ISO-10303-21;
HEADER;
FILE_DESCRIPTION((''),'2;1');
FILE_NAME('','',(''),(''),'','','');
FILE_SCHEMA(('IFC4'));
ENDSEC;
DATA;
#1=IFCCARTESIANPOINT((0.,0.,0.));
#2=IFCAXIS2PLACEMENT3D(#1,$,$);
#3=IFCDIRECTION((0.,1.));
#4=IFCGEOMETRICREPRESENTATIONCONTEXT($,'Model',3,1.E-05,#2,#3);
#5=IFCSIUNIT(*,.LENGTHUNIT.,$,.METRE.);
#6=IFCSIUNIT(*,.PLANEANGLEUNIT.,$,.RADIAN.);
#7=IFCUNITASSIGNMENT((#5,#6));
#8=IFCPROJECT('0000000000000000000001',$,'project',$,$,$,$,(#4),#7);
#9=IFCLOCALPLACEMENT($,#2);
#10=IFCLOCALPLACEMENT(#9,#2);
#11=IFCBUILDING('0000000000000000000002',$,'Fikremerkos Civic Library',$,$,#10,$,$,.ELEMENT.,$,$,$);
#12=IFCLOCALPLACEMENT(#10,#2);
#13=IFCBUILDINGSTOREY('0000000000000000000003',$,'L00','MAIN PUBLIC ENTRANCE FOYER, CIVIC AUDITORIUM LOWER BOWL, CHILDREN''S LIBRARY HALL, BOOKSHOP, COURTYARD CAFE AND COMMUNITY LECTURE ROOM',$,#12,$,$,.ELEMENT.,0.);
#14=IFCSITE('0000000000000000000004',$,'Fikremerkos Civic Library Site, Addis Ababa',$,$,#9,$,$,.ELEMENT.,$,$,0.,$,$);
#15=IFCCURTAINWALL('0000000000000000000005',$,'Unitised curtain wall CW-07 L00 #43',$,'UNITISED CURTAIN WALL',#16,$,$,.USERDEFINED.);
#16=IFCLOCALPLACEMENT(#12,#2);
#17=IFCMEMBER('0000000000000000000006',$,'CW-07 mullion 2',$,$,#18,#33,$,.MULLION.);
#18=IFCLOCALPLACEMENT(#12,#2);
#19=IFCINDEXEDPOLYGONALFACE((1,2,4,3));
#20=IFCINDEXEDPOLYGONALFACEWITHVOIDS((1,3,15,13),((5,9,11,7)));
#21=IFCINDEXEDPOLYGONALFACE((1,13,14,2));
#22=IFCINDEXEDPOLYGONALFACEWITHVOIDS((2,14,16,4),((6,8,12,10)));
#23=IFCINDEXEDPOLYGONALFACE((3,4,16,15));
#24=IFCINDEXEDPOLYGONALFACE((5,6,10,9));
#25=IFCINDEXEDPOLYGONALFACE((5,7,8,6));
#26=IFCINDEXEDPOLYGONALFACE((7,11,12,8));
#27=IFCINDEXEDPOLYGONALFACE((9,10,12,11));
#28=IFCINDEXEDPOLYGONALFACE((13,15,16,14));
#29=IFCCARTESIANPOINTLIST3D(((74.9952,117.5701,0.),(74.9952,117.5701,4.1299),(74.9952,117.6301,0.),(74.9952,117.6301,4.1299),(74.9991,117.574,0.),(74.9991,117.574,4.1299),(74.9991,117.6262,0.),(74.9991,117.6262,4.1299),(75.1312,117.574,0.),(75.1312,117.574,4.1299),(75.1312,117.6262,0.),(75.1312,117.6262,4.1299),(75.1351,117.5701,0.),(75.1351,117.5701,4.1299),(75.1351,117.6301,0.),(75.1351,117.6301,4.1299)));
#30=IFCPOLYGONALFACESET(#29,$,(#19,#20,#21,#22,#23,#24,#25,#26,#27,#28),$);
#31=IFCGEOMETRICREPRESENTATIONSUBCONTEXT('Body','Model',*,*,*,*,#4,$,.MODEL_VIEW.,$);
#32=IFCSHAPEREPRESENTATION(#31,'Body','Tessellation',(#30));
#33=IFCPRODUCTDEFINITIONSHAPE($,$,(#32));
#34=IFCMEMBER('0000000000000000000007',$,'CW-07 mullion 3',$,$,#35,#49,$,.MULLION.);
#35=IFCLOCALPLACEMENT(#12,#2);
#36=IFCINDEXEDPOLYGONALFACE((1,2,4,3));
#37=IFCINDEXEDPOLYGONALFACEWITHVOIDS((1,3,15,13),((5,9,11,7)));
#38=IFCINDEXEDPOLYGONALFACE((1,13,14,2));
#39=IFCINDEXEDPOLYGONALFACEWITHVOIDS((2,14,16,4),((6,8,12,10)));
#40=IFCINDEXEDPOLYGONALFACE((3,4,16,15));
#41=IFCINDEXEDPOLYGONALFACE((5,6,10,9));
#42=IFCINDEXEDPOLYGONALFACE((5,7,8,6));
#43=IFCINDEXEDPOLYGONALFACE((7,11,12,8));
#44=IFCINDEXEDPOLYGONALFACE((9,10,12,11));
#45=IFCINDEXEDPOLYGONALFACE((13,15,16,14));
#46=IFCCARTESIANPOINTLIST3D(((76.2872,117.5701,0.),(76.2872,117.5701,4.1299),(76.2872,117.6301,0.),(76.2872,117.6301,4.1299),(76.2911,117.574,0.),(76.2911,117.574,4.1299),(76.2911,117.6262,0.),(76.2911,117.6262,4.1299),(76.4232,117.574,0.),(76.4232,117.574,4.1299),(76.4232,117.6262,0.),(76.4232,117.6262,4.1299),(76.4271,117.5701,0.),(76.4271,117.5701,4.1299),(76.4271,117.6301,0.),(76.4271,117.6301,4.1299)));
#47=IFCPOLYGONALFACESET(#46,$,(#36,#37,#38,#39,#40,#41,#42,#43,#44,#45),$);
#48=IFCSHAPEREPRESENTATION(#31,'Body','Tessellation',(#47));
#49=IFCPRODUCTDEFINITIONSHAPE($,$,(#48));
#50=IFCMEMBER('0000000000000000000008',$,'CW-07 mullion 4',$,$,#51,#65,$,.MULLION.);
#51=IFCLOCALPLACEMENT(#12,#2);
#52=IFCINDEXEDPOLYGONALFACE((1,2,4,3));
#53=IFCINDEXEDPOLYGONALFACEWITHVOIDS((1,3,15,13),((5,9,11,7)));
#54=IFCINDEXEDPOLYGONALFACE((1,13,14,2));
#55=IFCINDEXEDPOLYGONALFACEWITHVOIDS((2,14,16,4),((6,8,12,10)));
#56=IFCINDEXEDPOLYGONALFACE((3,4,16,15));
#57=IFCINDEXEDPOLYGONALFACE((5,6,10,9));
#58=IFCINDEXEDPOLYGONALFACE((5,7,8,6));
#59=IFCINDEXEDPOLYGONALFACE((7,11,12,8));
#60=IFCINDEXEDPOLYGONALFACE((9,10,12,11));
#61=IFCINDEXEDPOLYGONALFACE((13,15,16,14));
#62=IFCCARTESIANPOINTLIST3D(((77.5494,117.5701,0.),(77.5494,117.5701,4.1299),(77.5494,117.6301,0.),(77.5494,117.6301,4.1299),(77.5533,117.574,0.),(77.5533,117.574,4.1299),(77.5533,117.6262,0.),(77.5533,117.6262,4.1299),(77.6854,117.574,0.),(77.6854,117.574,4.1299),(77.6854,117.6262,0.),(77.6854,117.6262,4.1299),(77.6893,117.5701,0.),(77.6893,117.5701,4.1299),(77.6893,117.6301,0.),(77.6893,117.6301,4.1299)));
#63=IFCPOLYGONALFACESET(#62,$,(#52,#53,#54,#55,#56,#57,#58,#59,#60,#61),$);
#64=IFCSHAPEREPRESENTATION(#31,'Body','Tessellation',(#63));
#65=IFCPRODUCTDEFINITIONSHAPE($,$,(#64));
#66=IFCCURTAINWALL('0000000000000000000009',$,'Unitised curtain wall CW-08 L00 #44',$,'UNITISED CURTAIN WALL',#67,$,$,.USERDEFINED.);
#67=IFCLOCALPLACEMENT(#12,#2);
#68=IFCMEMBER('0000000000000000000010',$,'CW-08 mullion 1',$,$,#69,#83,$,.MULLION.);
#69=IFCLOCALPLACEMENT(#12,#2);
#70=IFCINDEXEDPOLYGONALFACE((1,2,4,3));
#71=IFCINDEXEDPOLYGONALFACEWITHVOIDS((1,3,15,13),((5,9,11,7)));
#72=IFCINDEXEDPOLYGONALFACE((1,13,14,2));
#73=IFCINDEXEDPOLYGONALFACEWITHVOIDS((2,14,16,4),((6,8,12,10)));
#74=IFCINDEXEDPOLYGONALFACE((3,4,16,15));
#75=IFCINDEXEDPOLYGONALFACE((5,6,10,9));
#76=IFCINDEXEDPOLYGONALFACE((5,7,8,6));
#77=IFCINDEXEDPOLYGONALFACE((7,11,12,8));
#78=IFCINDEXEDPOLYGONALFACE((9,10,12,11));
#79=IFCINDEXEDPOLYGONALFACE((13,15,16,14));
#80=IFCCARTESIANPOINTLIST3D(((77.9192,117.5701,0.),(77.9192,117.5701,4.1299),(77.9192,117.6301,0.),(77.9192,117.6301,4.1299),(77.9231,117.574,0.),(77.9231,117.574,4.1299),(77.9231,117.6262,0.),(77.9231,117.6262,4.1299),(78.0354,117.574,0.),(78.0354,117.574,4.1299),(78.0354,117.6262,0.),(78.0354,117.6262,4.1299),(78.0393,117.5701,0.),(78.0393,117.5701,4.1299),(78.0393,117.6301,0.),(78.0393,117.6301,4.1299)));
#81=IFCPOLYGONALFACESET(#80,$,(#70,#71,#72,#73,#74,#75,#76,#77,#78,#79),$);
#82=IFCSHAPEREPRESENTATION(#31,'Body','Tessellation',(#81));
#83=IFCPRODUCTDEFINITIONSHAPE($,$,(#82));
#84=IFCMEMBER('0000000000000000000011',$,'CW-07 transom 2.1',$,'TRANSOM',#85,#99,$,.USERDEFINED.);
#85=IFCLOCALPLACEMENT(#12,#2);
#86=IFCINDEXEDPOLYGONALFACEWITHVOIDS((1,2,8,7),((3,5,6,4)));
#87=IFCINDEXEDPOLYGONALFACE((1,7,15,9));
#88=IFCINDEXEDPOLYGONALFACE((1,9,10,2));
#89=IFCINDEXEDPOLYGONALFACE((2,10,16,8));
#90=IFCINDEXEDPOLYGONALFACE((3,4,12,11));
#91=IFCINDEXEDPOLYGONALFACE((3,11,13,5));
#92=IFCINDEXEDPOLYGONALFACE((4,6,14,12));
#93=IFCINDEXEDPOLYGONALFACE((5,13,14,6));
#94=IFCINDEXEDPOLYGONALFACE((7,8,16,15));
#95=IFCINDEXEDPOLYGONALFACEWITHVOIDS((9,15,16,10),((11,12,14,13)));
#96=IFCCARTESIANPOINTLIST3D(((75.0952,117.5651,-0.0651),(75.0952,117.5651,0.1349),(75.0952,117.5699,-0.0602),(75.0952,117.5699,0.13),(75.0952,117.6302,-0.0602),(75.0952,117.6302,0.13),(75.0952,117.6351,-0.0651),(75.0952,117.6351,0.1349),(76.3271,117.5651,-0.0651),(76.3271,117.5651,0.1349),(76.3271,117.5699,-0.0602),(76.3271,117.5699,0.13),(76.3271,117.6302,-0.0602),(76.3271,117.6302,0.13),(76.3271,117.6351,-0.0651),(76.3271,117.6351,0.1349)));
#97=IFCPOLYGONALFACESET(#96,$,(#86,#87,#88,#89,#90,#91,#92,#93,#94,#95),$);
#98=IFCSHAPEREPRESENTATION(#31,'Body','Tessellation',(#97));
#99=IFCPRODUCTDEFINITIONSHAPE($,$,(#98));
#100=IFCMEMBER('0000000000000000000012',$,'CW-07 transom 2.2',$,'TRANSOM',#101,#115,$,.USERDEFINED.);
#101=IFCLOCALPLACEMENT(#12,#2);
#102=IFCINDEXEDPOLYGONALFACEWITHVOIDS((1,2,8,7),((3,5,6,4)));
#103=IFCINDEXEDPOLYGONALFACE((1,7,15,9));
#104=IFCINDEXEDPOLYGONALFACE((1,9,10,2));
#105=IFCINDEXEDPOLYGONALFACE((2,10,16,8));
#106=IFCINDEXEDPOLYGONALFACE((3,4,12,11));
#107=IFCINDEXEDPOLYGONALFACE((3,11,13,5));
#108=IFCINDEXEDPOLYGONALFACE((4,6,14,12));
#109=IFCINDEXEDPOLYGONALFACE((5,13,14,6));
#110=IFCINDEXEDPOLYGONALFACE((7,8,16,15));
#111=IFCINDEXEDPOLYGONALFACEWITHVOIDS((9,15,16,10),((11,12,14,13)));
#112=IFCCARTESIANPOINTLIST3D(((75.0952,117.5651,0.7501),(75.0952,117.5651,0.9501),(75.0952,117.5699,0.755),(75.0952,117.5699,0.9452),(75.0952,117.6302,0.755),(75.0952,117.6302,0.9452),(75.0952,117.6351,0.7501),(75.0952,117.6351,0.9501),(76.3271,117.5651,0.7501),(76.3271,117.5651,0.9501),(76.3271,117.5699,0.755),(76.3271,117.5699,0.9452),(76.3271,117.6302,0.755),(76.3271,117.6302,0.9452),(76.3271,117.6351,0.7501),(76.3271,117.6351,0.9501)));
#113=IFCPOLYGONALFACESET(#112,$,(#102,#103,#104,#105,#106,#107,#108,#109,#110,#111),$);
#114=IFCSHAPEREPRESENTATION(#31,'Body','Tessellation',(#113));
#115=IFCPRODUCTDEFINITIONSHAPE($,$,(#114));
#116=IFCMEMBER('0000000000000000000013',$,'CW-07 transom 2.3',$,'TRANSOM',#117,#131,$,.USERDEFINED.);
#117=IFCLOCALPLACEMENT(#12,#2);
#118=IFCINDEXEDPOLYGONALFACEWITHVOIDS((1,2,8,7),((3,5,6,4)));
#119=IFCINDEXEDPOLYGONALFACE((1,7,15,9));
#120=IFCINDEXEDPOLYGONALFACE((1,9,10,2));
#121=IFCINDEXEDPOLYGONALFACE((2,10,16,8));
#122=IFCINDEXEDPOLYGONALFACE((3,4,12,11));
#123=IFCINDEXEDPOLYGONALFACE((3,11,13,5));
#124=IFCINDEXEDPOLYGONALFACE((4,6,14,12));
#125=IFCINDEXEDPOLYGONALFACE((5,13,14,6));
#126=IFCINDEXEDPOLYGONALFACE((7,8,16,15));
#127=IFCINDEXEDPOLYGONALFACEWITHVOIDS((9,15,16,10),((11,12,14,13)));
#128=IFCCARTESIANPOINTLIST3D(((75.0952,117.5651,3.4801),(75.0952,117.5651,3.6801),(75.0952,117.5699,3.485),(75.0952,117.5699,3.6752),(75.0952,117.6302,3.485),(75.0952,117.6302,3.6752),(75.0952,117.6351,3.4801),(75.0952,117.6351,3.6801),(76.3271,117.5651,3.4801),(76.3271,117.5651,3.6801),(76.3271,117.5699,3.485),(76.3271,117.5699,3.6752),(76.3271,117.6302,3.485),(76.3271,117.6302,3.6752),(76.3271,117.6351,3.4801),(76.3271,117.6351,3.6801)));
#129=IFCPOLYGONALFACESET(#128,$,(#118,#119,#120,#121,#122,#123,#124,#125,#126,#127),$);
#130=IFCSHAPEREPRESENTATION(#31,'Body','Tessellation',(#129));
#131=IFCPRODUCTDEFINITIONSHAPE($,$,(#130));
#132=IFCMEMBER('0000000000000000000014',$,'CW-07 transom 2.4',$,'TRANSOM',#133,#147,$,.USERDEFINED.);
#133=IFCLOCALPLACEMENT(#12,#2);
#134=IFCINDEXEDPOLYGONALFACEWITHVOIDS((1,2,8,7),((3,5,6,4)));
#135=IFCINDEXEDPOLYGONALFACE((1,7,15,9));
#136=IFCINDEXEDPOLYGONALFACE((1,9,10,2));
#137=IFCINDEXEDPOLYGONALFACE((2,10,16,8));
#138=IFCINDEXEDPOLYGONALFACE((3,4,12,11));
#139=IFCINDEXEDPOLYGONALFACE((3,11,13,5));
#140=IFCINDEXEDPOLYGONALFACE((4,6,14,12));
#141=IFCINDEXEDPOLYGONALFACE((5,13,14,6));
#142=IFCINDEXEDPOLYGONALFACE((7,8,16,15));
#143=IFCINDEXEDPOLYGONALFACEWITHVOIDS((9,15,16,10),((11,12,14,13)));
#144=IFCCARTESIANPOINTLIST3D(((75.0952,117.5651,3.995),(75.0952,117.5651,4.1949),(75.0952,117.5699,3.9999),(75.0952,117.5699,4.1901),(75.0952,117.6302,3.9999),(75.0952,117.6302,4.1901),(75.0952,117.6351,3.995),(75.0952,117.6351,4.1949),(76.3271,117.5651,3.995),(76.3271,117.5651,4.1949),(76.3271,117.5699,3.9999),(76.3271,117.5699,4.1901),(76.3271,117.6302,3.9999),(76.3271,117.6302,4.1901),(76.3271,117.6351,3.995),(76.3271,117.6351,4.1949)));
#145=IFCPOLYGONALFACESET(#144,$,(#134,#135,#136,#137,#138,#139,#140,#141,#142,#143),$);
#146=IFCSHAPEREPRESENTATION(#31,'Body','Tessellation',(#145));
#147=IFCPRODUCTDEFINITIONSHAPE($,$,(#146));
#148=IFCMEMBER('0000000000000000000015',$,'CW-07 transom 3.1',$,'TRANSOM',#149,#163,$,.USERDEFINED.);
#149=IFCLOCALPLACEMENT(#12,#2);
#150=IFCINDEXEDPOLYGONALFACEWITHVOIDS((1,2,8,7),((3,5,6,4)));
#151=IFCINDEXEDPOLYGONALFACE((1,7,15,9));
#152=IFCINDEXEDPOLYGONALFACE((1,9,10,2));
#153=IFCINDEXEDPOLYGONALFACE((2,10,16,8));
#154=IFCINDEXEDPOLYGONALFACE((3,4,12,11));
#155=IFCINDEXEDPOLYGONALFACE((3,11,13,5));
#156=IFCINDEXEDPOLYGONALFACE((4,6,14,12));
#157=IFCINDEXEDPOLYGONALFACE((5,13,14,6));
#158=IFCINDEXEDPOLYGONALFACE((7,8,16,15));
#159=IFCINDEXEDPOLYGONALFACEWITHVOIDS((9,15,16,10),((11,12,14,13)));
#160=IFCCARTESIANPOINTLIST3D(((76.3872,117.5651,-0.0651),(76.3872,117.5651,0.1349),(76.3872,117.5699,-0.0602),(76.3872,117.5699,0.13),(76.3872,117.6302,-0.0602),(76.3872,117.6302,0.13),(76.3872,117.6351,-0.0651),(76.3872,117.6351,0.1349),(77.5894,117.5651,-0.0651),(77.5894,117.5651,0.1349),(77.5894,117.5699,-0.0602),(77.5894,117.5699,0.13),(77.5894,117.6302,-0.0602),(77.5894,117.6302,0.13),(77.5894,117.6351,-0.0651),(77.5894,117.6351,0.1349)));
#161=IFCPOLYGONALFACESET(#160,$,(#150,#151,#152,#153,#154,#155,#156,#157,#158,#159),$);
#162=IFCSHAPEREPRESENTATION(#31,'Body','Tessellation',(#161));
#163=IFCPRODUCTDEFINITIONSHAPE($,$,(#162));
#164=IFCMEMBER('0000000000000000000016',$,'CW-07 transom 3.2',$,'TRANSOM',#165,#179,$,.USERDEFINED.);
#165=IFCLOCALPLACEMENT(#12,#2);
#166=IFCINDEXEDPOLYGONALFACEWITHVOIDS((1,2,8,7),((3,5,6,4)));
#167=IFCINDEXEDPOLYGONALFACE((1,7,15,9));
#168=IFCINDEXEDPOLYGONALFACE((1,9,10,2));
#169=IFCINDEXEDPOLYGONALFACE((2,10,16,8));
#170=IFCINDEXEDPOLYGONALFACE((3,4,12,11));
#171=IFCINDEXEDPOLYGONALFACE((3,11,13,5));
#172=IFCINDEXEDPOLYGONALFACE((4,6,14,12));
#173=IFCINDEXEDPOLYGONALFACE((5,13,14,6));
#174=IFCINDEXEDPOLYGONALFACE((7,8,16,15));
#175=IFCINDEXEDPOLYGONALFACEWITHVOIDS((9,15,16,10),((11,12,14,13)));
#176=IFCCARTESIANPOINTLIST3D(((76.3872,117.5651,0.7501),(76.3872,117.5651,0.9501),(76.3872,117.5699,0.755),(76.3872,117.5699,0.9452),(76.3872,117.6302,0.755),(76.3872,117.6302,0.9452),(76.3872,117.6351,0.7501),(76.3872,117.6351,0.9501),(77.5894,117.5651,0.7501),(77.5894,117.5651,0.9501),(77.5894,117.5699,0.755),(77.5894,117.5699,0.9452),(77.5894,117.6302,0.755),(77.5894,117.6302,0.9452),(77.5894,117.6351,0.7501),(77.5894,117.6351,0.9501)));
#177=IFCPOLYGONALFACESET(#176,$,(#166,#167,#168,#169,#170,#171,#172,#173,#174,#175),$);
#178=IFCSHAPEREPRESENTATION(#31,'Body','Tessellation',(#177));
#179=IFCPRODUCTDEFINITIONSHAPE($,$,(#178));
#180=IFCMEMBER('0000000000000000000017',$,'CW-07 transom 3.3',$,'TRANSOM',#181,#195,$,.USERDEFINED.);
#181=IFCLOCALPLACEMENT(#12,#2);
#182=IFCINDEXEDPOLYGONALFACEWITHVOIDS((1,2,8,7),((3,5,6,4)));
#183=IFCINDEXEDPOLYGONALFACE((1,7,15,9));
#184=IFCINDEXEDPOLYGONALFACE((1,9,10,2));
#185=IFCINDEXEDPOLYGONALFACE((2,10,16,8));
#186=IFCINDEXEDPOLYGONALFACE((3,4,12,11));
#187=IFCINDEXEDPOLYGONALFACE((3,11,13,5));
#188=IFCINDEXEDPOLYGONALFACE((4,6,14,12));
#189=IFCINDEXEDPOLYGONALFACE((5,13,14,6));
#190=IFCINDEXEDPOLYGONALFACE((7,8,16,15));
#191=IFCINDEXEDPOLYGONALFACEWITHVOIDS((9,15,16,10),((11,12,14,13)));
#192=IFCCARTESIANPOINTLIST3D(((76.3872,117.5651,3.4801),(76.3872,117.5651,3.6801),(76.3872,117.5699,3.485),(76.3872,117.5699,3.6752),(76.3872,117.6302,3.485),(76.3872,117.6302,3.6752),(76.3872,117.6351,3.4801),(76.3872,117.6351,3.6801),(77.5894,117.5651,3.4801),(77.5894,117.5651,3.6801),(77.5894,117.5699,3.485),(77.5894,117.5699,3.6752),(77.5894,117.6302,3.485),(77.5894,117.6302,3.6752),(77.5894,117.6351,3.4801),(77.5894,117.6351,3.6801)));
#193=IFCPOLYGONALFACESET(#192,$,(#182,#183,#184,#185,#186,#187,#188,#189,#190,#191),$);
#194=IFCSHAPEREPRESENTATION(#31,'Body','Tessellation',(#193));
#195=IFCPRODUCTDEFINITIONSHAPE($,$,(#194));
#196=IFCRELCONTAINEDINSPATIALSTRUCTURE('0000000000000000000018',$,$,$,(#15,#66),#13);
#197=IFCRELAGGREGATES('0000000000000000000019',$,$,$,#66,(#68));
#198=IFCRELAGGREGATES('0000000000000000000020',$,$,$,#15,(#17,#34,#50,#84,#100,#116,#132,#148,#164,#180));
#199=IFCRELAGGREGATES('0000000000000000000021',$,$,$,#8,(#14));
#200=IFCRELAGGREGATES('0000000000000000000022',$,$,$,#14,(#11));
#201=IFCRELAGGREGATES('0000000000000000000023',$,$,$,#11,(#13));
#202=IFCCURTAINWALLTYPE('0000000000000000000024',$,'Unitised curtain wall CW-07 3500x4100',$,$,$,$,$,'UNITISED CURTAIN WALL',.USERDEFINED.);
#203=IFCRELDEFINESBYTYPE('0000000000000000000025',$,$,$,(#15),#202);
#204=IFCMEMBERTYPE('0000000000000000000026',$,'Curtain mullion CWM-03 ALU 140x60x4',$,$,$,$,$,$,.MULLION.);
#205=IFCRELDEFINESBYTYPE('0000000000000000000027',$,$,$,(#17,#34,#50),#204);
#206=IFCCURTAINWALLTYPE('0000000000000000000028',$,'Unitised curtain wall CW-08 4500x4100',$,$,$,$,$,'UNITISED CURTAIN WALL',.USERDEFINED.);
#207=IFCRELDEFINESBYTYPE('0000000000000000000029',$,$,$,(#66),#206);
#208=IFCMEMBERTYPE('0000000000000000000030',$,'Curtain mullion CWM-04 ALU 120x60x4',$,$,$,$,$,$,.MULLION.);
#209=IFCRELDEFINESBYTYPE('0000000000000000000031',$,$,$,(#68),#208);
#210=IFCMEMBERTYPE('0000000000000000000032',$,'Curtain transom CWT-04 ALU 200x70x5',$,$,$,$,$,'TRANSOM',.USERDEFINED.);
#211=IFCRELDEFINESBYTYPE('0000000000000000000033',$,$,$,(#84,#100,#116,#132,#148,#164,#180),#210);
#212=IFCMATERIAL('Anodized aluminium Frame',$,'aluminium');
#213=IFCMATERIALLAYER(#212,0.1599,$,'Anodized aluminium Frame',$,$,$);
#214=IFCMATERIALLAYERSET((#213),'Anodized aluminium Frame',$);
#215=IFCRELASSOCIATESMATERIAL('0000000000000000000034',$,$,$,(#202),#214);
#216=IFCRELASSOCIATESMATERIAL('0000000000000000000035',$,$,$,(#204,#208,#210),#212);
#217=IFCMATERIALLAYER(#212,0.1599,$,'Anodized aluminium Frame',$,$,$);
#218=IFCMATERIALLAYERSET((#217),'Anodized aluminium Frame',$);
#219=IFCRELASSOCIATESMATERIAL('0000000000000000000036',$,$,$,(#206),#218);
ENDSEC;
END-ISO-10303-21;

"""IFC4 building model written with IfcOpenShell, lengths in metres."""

from ifc_helpers import new_model, si_unit, direction, frame, origin, origin_2d, place, context, subcontext, project, spatial, hollow_rectangle, extrude, material, layer, layer_set, material_profile, profile_set, type_object, element, aggregate, save


model = new_model("IFC4")

# Units and contexts
model_context = context("Model", 3, precision=1e-05, world=origin(), true_north=direction((0.0, 1.0)))
body_context = subcontext(model_context, "Body", "Model", "MODEL_VIEW")
ifc_project = project(units=[si_unit("LENGTHUNIT", "METRE"), si_unit("PLANEANGLEUNIT", "RADIAN")], contexts=[model_context])

# Site, building, storey
site_placement = place(None, origin())
site = spatial("IfcSite", under=ifc_project, at=site_placement, Name="Fikremerkos Civic Library Site, Addis Ababa", CompositionType="ELEMENT", RefElevation=0.0)
building_placement = place(site_placement, origin())
building = spatial("IfcBuilding", under=site, at=building_placement, Name="Fikremerkos Civic Library", CompositionType="ELEMENT")
storey_placement = place(building_placement, origin())
storey = spatial("IfcBuildingStorey", under=building, at=storey_placement, Name="L00", Description="MAIN PUBLIC ENTRANCE FOYER, CIVIC AUDITORIUM LOWER BOWL, CHILDREN'S LIBRARY HALL, BOOKSHOP, COURTYARD CAFE AND COMMUNITY LECTURE ROOM", CompositionType="ELEMENT", Elevation=0.0)

# Curtain wall, members
ifc_material_1 = material(Name="Anodized aluminium Frame", Category="aluminium")
ifc_layer_1 = layer(ifc_material_1, 0.1599, Name="Anodized aluminium Frame")
ifc_layer_set_1 = layer_set([ifc_layer_1], Name="Anodized aluminium Frame")
curtain_wall_type_1 = type_object("IfcCurtainWallType", Name="Unitised curtain wall CW-07 3500x4100", ElementType="UNITISED CURTAIN WALL", PredefinedType="USERDEFINED", material=ifc_layer_set_1)
curtain_wall_1_placement = place(storey_placement, origin())
curtain_wall_1 = element("IfcCurtainWall", 1, at=curtain_wall_1_placement, inside=storey, type_object=curtain_wall_type_1, Name="Unitised curtain wall CW-07 L00 #43", ObjectType="UNITISED CURTAIN WALL", PredefinedType="USERDEFINED")
ifc_material_profile_1 = material_profile(ifc_material_1, hollow_rectangle(XDim=0.0601, YDim=0.1399, WallThickness=0.0039, at=origin_2d()), Name="ALU 140x60x4")
ifc_profile_set_1 = profile_set([ifc_material_profile_1], Name="Anodized aluminium Frame")
member_type_1 = type_object("IfcMemberType", Name="Curtain mullion CWM-03 ALU 140x60x4", PredefinedType="MULLION", material=ifc_profile_set_1)
member_1_placement = place(storey_placement, frame((75.0652, 117.6001, 0.0), z_axis=(0.0, 0.0, 1.0), x_axis=(0.0, 1.0, 0.0)))
member_1 = element("IfcMember", 2, at=member_1_placement, type_object=member_type_1, Name="CW-07 mullion 2", PredefinedType="MULLION", context=body_context, shape_type="SweptSolid", body=[
    extrude(hollow_rectangle(XDim=0.0601, YDim=0.1399, WallThickness=0.0039, at=origin_2d()), origin(), (0.0, 0.0, 1.0), 4.1299),
])
member_2_placement = place(storey_placement, frame((76.3572, 117.6001, 0.0), z_axis=(0.0, 0.0, 1.0), x_axis=(0.0, 1.0, 0.0)))
member_2 = element("IfcMember", 3, at=member_2_placement, type_object=member_type_1, Name="CW-07 mullion 3", PredefinedType="MULLION", context=body_context, shape_type="SweptSolid", body=[
    extrude(hollow_rectangle(XDim=0.0601, YDim=0.1399, WallThickness=0.0039, at=origin_2d()), origin(), (0.0, 0.0, 1.0), 4.1299),
])
member_3_placement = place(storey_placement, frame((77.6194, 117.6001, 0.0), z_axis=(0.0, 0.0, 1.0), x_axis=(0.0, 1.0, 0.0)))
member_3 = element("IfcMember", 4, at=member_3_placement, type_object=member_type_1, Name="CW-07 mullion 4", PredefinedType="MULLION", context=body_context, shape_type="SweptSolid", body=[
    extrude(hollow_rectangle(XDim=0.0601, YDim=0.1399, WallThickness=0.0039, at=origin_2d()), origin(), (0.0, 0.0, 1.0), 4.1299),
])

# Curtain wall, member
ifc_layer_2 = layer(ifc_material_1, 0.1599, Name="Anodized aluminium Frame")
ifc_layer_set_2 = layer_set([ifc_layer_2], Name="Anodized aluminium Frame")
curtain_wall_type_2 = type_object("IfcCurtainWallType", Name="Unitised curtain wall CW-08 4500x4100", ElementType="UNITISED CURTAIN WALL", PredefinedType="USERDEFINED", material=ifc_layer_set_2)
curtain_wall_2_placement = place(storey_placement, origin())
curtain_wall_2 = element("IfcCurtainWall", 5, at=curtain_wall_2_placement, inside=storey, type_object=curtain_wall_type_2, Name="Unitised curtain wall CW-08 L00 #44", ObjectType="UNITISED CURTAIN WALL", PredefinedType="USERDEFINED")
ifc_material_profile_2 = material_profile(ifc_material_1, hollow_rectangle(XDim=0.0601, YDim=0.1201, WallThickness=0.0039, at=origin_2d()), Name="ALU 120x60x4")
ifc_profile_set_2 = profile_set([ifc_material_profile_2], Name="Anodized aluminium Frame")
member_type_2 = type_object("IfcMemberType", Name="Curtain mullion CWM-04 ALU 120x60x4", PredefinedType="MULLION", material=ifc_profile_set_2)
member_4_placement = place(storey_placement, frame((77.9792, 117.6001, 0.0), z_axis=(0.0, 0.0, 1.0), x_axis=(0.0, 1.0, 0.0)))
member_4 = element("IfcMember", 6, at=member_4_placement, type_object=member_type_2, Name="CW-08 mullion 1", PredefinedType="MULLION", context=body_context, shape_type="SweptSolid", body=[
    extrude(hollow_rectangle(XDim=0.0601, YDim=0.1201, WallThickness=0.0039, at=origin_2d()), origin(), (0.0, 0.0, 1.0), 4.1299),
])

# Members
ifc_material_profile_3 = material_profile(ifc_material_1, hollow_rectangle(XDim=0.0701, YDim=0.2, WallThickness=0.0049, at=origin_2d()), Name="ALU 200x70x5")
ifc_profile_set_3 = profile_set([ifc_material_profile_3], Name="Anodized aluminium Frame")
member_type_3 = type_object("IfcMemberType", Name="Curtain transom CWT-04 ALU 200x70x5", ElementType="TRANSOM", PredefinedType="USERDEFINED", material=ifc_profile_set_3)
member_5_placement = place(storey_placement, frame((75.0952, 117.6001, 0.0349), z_axis=(1.0, 0.0, 0.0), x_axis=(0.0, 1.0, 0.0)))
member_5 = element("IfcMember", 7, at=member_5_placement, type_object=member_type_3, Name="CW-07 transom 2.1", ObjectType="TRANSOM", PredefinedType="USERDEFINED", context=body_context, shape_type="SweptSolid", body=[
    extrude(hollow_rectangle(XDim=0.0701, YDim=0.2, WallThickness=0.0049, at=origin_2d()), origin(), (0.0, 0.0, 1.0), 1.2319),
])
member_6_placement = place(storey_placement, frame((75.0952, 117.6001, 0.8501), z_axis=(1.0, 0.0, 0.0), x_axis=(0.0, 1.0, 0.0)))
member_6 = element("IfcMember", 8, at=member_6_placement, type_object=member_type_3, Name="CW-07 transom 2.2", ObjectType="TRANSOM", PredefinedType="USERDEFINED", context=body_context, shape_type="SweptSolid", body=[
    extrude(hollow_rectangle(XDim=0.0701, YDim=0.2, WallThickness=0.0049, at=origin_2d()), origin(), (0.0, 0.0, 1.0), 1.2319),
])
member_7_placement = place(storey_placement, frame((75.0952, 117.6001, 3.5801), z_axis=(1.0, 0.0, 0.0), x_axis=(0.0, 1.0, 0.0)))
member_7 = element("IfcMember", 9, at=member_7_placement, type_object=member_type_3, Name="CW-07 transom 2.3", ObjectType="TRANSOM", PredefinedType="USERDEFINED", context=body_context, shape_type="SweptSolid", body=[
    extrude(hollow_rectangle(XDim=0.0701, YDim=0.2, WallThickness=0.0049, at=origin_2d()), origin(), (0.0, 0.0, 1.0), 1.2319),
])
member_8_placement = place(storey_placement, frame((75.0952, 117.6001, 4.095), z_axis=(1.0, 0.0, 0.0), x_axis=(0.0, 1.0, 0.0)))
member_8 = element("IfcMember", 10, at=member_8_placement, type_object=member_type_3, Name="CW-07 transom 2.4", ObjectType="TRANSOM", PredefinedType="USERDEFINED", context=body_context, shape_type="SweptSolid", body=[
    extrude(hollow_rectangle(XDim=0.0701, YDim=0.2, WallThickness=0.0049, at=origin_2d()), origin(), (0.0, 0.0, 1.0), 1.2319),
])
member_9_placement = place(storey_placement, frame((76.3872, 117.6001, 0.0349), z_axis=(1.0, 0.0, 0.0), x_axis=(0.0, 1.0, 0.0)))
member_9 = element("IfcMember", 11, at=member_9_placement, type_object=member_type_3, Name="CW-07 transom 3.1", ObjectType="TRANSOM", PredefinedType="USERDEFINED", context=body_context, shape_type="SweptSolid", body=[
    extrude(hollow_rectangle(XDim=0.0701, YDim=0.2, WallThickness=0.0049, at=origin_2d()), origin(), (0.0, 0.0, 1.0), 1.2021),
])
member_10_placement = place(storey_placement, frame((76.3872, 117.6001, 0.8501), z_axis=(1.0, 0.0, 0.0), x_axis=(0.0, 1.0, 0.0)))
member_10 = element("IfcMember", 12, at=member_10_placement, type_object=member_type_3, Name="CW-07 transom 3.2", ObjectType="TRANSOM", PredefinedType="USERDEFINED", context=body_context, shape_type="SweptSolid", body=[
    extrude(hollow_rectangle(XDim=0.0701, YDim=0.2, WallThickness=0.0049, at=origin_2d()), origin(), (0.0, 0.0, 1.0), 1.2021),
])
member_11_placement = place(storey_placement, frame((76.3872, 117.6001, 3.5801), z_axis=(1.0, 0.0, 0.0), x_axis=(0.0, 1.0, 0.0)))
member_11 = element("IfcMember", 13, at=member_11_placement, type_object=member_type_3, Name="CW-07 transom 3.3", ObjectType="TRANSOM", PredefinedType="USERDEFINED", context=body_context, shape_type="SweptSolid", body=[
    extrude(hollow_rectangle(XDim=0.0701, YDim=0.2, WallThickness=0.0049, at=origin_2d()), origin(), (0.0, 0.0, 1.0), 1.2021),
])
aggregate(curtain_wall_2, [member_4])

aggregate(curtain_wall_1, [member_1, member_2, member_3, member_5, member_6, member_7, member_8, member_9, member_10, member_11])

save(model, "model.ifc")
